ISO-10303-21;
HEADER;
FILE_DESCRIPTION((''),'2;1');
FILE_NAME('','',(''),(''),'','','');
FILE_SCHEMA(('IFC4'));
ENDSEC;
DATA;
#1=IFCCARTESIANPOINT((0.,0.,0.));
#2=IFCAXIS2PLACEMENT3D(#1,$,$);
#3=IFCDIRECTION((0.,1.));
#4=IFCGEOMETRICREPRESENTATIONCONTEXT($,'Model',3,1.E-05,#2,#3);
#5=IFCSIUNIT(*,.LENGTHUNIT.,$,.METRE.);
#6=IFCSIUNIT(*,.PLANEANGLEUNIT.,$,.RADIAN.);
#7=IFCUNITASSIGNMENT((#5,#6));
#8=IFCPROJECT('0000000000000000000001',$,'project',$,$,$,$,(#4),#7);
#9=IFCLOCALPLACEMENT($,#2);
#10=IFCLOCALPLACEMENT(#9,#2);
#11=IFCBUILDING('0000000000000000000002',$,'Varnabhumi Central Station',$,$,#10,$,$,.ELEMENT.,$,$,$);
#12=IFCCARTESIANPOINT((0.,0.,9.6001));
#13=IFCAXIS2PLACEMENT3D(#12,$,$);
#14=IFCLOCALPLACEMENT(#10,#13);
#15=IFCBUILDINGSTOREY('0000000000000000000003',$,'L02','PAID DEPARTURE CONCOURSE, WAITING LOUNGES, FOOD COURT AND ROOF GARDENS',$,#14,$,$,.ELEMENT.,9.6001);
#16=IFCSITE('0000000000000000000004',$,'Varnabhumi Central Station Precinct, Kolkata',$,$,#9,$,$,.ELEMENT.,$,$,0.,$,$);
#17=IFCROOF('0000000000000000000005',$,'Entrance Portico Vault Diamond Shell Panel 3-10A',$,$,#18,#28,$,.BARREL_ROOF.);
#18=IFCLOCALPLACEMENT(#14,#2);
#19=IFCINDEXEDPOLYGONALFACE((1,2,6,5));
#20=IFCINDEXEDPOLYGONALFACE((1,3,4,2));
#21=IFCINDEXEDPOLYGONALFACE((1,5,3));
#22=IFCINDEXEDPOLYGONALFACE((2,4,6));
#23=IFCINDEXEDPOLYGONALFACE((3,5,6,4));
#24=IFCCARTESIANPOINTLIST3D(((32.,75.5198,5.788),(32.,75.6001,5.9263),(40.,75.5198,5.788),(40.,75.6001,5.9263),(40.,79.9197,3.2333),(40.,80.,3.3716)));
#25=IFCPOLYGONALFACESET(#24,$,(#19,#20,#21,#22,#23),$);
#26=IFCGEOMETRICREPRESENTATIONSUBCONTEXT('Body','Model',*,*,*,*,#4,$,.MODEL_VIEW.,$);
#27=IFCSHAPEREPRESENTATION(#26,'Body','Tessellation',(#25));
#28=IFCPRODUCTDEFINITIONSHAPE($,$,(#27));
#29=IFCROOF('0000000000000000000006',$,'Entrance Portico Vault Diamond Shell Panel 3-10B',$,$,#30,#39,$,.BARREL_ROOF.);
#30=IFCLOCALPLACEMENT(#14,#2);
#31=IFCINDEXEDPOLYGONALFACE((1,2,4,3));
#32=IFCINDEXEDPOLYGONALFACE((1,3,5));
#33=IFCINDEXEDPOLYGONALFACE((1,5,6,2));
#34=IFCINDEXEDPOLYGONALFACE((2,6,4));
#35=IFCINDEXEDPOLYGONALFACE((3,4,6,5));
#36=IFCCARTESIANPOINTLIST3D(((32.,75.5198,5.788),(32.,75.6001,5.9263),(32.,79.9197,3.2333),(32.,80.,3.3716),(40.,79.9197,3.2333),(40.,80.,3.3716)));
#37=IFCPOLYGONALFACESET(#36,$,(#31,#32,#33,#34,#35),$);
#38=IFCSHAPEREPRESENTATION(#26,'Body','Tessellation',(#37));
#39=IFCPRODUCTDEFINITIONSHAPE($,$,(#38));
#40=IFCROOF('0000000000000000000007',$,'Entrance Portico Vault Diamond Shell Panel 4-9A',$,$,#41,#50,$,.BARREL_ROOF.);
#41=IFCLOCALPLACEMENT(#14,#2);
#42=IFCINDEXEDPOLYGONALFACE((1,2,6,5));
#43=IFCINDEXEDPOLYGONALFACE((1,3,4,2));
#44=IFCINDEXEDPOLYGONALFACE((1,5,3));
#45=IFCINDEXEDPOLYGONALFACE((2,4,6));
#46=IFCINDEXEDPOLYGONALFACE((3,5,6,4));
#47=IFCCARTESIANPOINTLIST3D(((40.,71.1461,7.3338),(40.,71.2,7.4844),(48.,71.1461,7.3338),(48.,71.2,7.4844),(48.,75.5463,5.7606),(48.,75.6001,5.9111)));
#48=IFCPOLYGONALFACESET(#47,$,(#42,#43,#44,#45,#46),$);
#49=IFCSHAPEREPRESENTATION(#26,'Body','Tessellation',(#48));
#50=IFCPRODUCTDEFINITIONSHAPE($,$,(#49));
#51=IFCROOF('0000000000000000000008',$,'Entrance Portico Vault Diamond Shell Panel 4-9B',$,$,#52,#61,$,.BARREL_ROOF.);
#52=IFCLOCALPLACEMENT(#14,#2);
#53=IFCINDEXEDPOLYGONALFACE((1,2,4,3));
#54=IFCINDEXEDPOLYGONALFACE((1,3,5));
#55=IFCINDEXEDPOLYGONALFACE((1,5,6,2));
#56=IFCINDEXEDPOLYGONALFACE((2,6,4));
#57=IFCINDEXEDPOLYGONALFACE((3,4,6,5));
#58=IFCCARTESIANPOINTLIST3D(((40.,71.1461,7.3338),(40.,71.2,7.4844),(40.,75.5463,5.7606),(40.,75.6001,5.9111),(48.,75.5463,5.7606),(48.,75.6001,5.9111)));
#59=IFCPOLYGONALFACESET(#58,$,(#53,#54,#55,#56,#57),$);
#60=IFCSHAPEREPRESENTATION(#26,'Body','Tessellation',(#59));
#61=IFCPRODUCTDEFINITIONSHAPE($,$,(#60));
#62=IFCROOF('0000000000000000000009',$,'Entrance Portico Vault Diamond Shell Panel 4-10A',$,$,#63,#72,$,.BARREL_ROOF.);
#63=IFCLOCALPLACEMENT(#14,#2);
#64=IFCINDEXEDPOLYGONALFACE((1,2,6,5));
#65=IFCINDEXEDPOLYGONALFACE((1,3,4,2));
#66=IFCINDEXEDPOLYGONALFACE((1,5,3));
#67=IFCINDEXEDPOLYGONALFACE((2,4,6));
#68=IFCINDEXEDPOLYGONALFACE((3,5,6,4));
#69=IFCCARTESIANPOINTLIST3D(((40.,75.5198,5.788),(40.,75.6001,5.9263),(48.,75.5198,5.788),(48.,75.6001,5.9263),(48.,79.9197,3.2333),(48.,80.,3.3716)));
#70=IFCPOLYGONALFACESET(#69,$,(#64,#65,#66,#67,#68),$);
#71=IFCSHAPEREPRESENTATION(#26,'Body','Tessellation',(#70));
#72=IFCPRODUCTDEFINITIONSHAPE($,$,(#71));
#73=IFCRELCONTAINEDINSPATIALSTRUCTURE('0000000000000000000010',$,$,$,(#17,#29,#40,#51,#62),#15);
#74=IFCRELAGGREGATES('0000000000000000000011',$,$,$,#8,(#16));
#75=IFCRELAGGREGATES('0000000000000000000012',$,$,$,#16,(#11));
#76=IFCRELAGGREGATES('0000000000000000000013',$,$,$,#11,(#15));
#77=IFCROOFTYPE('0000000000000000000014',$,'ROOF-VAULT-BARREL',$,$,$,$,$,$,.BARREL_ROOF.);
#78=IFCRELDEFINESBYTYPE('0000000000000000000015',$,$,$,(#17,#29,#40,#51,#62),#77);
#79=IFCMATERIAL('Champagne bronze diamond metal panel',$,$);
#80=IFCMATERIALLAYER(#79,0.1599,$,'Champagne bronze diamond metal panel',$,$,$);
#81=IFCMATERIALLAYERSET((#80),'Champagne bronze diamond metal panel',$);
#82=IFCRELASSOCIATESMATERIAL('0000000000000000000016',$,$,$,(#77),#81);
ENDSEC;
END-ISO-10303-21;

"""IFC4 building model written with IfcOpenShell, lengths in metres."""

from ifc_helpers import new_model, si_unit, direction, frame, origin, place, context, subcontext, project, spatial, polyline, outline, extrude, material, layer, layer_set, type_object, element, save


model = new_model("IFC4")

# Units and contexts
model_context = context("Model", 3, precision=1e-05, world=origin(), true_north=direction((0.0, 1.0)))
body_context = subcontext(model_context, "Body", "Model", "MODEL_VIEW")
ifc_project = project(units=[si_unit("LENGTHUNIT", "METRE"), si_unit("PLANEANGLEUNIT", "RADIAN")], contexts=[model_context])

# Site, building, storey
site_placement = place(None, origin())
site = spatial("IfcSite", under=ifc_project, at=site_placement, Name="Varnabhumi Central Station Precinct, Kolkata", CompositionType="ELEMENT", RefElevation=0.0)
building_placement = place(site_placement, origin())
building = spatial("IfcBuilding", under=site, at=building_placement, Name="Varnabhumi Central Station", CompositionType="ELEMENT")
storey_placement = place(building_placement, frame((0.0, 0.0, 9.6001)))
storey = spatial("IfcBuildingStorey", under=building, at=storey_placement, Name="L02", Description="PAID DEPARTURE CONCOURSE, WAITING LOUNGES, FOOD COURT AND ROOF GARDENS", CompositionType="ELEMENT", Elevation=9.6001)

# Roofs
ifc_material_1 = material(Name="Champagne bronze diamond metal panel")
ifc_layer_1 = layer(ifc_material_1, 0.1599, Name="Champagne bronze diamond metal panel")
ifc_layer_set_1 = layer_set([ifc_layer_1], Name="Champagne bronze diamond metal panel")
roof_type = type_object("IfcRoofType", Name="ROOF-VAULT-BARREL", PredefinedType="BARREL_ROOF", material=ifc_layer_set_1)
roof_1_placement = place(storey_placement, frame((32.0, 75.6001, 5.9263), z_axis=(0.0, 0.502122, 0.864797), x_axis=(1.0, 0.0, 0.0)))
element("IfcRoof", 1, at=roof_1_placement, inside=storey, type_object=roof_type, Name="Entrance Portico Vault Diamond Shell Panel 3-10A", PredefinedType="BARREL_ROOF", context=body_context, shape_type="SweptSolid", body=[
    extrude(outline(polyline([(0.0, 0.0), (8.0, 0.0), (8.0, 5.0878), (0.0, 0.0)])), origin(), (0.0, 0.0, -1.0), 0.1599),
])
roof_2_placement = place(storey_placement, frame((32.0, 75.6001, 5.9263), z_axis=(0.0, 0.502122, 0.864797), x_axis=(0.843811, 0.464086, -0.269459)))
element("IfcRoof", 2, at=roof_2_placement, inside=storey, type_object=roof_type, Name="Entrance Portico Vault Diamond Shell Panel 3-10B", PredefinedType="BARREL_ROOF", context=body_context, shape_type="SweptSolid", body=[
    extrude(outline(polyline([(0.0, 0.0), (9.4808, 0.0), (2.7303, 4.2931), (0.0, 0.0)])), origin(), (0.0, 0.0, -1.0), 0.1599),
])
roof_3_placement = place(storey_placement, frame((40.0, 71.2, 7.4844), z_axis=(0.0, 0.336671, 0.941622), x_axis=(1.0, 0.0, 0.0)))
element("IfcRoof", 3, at=roof_3_placement, inside=storey, type_object=roof_type, Name="Entrance Portico Vault Diamond Shell Panel 4-9A", PredefinedType="BARREL_ROOF", context=body_context, shape_type="SweptSolid", body=[
    extrude(outline(polyline([(0.0, 0.0), (8.0, 0.0), (8.0, 4.6729), (0.0, 0.0)])), origin(), (0.0, 0.0, -1.0), 0.1599),
])
roof_4_placement = place(storey_placement, frame((40.0, 71.2, 7.4844), z_axis=(0.0, 0.336671, 0.941622), x_axis=(0.863484, 0.474932, -0.169809)))
element("IfcRoof", 4, at=roof_4_placement, inside=storey, type_object=roof_type, Name="Entrance Portico Vault Diamond Shell Panel 4-9B", PredefinedType="BARREL_ROOF", context=body_context, shape_type="SweptSolid", body=[
    extrude(outline(polyline([(0.0, 0.0), (9.2648, 0.0), (2.3569, 4.035), (0.0, 0.0)])), origin(), (0.0, 0.0, -1.0), 0.1599),
])
roof_5_placement = place(storey_placement, frame((40.0, 75.6001, 5.9263), z_axis=(0.0, 0.502122, 0.864797), x_axis=(1.0, 0.0, 0.0)))
element("IfcRoof", 5, at=roof_5_placement, inside=storey, type_object=roof_type, Name="Entrance Portico Vault Diamond Shell Panel 4-10A", PredefinedType="BARREL_ROOF", context=body_context, shape_type="SweptSolid", body=[
    extrude(outline(polyline([(0.0, 0.0), (8.0, 0.0), (8.0, 5.0878), (0.0, 0.0)])), origin(), (0.0, 0.0, -1.0), 0.1599),
])

save(model, "model.ifc")
